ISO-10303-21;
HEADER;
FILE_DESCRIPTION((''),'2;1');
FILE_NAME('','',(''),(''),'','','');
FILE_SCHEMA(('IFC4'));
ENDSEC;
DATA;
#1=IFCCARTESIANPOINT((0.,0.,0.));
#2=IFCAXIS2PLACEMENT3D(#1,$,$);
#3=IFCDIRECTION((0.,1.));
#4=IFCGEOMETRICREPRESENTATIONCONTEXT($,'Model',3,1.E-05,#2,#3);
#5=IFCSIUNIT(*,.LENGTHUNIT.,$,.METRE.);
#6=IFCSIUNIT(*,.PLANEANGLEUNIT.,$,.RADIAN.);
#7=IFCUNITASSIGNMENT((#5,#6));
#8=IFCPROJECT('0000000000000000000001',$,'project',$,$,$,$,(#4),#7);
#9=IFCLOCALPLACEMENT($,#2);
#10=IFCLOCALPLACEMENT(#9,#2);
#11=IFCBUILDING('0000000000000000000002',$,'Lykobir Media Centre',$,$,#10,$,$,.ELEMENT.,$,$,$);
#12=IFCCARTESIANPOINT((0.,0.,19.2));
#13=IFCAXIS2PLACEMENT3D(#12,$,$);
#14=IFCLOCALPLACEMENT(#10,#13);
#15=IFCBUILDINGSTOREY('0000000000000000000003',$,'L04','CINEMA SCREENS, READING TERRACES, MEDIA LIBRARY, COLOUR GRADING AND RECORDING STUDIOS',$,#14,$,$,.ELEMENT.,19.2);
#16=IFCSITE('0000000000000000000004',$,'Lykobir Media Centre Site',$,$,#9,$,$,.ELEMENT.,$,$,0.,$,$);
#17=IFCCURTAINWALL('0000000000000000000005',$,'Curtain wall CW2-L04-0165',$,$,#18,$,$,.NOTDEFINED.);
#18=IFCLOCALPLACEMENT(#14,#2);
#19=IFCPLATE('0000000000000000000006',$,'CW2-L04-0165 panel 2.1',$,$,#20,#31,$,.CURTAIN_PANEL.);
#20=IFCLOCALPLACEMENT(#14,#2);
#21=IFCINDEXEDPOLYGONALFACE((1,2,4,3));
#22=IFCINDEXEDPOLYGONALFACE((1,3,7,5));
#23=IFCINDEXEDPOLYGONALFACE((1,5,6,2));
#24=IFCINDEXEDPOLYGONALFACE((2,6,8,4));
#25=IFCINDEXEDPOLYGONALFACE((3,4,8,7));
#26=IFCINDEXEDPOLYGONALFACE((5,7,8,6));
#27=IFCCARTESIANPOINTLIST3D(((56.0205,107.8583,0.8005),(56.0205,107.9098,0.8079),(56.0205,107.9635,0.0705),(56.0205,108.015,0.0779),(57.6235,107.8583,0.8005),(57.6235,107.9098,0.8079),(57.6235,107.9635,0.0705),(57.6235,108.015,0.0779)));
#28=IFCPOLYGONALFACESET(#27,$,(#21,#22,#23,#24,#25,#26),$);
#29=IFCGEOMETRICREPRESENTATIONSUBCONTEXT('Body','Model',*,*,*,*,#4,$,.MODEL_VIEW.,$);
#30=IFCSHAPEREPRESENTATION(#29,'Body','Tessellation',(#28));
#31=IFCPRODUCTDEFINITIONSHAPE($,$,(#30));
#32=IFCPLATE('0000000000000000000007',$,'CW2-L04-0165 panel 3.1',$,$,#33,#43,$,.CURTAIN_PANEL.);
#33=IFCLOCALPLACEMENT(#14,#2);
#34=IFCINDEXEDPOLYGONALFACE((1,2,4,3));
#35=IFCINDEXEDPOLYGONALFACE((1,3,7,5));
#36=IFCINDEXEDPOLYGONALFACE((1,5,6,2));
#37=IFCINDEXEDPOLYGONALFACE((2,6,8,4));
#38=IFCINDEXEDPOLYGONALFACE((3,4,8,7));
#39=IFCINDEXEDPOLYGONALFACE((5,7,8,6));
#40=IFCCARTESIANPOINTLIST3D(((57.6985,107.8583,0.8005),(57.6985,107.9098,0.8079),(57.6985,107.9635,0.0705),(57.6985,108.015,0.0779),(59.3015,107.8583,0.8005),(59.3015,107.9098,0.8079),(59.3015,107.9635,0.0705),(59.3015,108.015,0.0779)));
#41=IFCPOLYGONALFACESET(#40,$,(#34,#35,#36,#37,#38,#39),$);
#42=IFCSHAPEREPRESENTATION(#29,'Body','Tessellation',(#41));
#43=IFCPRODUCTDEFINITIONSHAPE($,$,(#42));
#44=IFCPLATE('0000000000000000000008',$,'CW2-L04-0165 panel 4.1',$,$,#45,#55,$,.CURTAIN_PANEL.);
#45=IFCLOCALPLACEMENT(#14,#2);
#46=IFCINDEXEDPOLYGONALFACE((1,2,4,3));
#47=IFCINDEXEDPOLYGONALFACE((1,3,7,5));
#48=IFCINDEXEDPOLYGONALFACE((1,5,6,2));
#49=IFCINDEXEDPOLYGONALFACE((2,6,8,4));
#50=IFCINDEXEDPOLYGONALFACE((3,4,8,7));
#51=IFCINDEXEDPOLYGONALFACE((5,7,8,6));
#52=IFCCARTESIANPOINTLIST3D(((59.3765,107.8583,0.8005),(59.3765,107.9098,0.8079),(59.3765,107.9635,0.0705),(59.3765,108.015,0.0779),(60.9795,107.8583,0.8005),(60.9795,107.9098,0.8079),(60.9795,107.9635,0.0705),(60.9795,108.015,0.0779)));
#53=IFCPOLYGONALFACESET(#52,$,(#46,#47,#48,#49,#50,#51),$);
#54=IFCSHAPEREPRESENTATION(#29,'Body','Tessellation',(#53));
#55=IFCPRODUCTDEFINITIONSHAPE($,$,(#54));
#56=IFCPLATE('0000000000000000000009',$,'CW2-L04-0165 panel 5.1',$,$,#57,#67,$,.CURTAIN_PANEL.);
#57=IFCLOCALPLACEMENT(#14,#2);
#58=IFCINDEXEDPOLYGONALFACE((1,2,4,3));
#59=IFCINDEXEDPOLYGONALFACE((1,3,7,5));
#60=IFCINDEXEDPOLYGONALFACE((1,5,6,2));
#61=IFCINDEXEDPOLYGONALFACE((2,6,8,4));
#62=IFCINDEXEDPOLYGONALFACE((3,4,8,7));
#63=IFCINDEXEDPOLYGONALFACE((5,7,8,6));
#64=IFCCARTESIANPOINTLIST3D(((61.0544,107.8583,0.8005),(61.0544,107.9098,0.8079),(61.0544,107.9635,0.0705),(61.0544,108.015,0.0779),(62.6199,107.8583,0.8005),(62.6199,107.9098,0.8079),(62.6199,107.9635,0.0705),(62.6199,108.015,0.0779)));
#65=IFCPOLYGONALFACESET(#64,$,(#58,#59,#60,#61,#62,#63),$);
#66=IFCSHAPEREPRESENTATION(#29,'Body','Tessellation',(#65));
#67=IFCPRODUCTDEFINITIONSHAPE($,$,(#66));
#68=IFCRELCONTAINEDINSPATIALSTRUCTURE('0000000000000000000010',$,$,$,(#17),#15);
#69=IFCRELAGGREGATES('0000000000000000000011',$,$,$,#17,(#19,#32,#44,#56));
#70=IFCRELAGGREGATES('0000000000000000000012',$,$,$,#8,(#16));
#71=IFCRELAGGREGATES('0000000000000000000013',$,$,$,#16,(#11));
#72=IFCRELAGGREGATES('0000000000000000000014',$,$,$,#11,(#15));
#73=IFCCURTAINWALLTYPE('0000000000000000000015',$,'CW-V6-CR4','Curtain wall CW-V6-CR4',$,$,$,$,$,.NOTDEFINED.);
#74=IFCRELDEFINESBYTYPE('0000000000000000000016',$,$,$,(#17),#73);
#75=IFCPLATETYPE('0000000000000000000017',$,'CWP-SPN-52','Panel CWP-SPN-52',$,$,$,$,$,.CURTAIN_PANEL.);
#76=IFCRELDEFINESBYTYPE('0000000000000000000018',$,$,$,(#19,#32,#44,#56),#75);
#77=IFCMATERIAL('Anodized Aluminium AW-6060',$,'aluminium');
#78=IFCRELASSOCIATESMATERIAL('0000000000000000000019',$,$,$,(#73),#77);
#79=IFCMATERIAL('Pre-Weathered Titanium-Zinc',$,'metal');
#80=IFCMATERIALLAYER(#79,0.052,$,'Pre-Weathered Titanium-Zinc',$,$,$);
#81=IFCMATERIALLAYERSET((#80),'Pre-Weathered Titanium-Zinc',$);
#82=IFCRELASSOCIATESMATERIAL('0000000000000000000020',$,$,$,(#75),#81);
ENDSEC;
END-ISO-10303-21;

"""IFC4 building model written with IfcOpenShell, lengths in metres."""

from ifc_helpers import new_model, si_unit, direction, frame, origin, origin_2d, place, context, subcontext, project, spatial, rectangle, extrude, material, layer, layer_set, type_object, element, aggregate, save


model = new_model("IFC4")

# Units and contexts
model_context = context("Model", 3, precision=1e-05, world=origin(), true_north=direction((0.0, 1.0)))
body_context = subcontext(model_context, "Body", "Model", "MODEL_VIEW")
ifc_project = project(units=[si_unit("LENGTHUNIT", "METRE"), si_unit("PLANEANGLEUNIT", "RADIAN")], contexts=[model_context])

# Site, building, storey
site_placement = place(None, origin())
site = spatial("IfcSite", under=ifc_project, at=site_placement, Name="Lykobir Media Centre Site", CompositionType="ELEMENT", RefElevation=0.0)
building_placement = place(site_placement, origin())
building = spatial("IfcBuilding", under=site, at=building_placement, Name="Lykobir Media Centre", CompositionType="ELEMENT")
storey_placement = place(building_placement, frame((0.0, 0.0, 19.2)))
storey = spatial("IfcBuildingStorey", under=building, at=storey_placement, Name="L04", Description="CINEMA SCREENS, READING TERRACES, MEDIA LIBRARY, COLOUR GRADING AND RECORDING STUDIOS", CompositionType="ELEMENT", Elevation=19.2)

# Curtain wall
ifc_material_1 = material(Name="Anodized Aluminium AW-6060", Category="aluminium")
curtain_wall_type_1 = type_object("IfcCurtainWallType", Name="CW-V6-CR4", Description="Curtain wall CW-V6-CR4", PredefinedType="NOTDEFINED", material=ifc_material_1)
curtain_wall_1_placement = place(storey_placement, origin())
curtain_wall_1 = element("IfcCurtainWall", 1, at=curtain_wall_1_placement, inside=storey, type_object=curtain_wall_type_1, Name="Curtain wall CW2-L04-0165", PredefinedType="NOTDEFINED")

# Plates
ifc_material_2 = material(Name="Pre-Weathered Titanium-Zinc", Category="metal")
ifc_layer_1 = layer(ifc_material_2, 0.052, Name="Pre-Weathered Titanium-Zinc")
ifc_layer_set_1 = layer_set([ifc_layer_1], Name="Pre-Weathered Titanium-Zinc")
plate_type_1 = type_object("IfcPlateType", Name="CWP-SPN-52", Description="Panel CWP-SPN-52", PredefinedType="CURTAIN_PANEL", material=ifc_layer_set_1)
plate_1_placement = place(storey_placement, frame((56.822, 107.9893, 0.0742), z_axis=(0.0, -0.142629, 0.989776), x_axis=(1.0, 0.0, 0.0)))
plate_1 = element("IfcPlate", 2, at=plate_1_placement, type_object=plate_type_1, Name="CW2-L04-0165 panel 2.1", PredefinedType="CURTAIN_PANEL", context=body_context, shape_type="SweptSolid", body=[
    extrude(rectangle(XDim=1.603, YDim=0.052, at=origin_2d()), origin(), (0.0, 0.0, 1.0), 0.7375),
])
plate_2_placement = place(storey_placement, frame((58.5, 107.9893, 0.0742), z_axis=(0.0, -0.142629, 0.989776), x_axis=(1.0, 0.0, 0.0)))
plate_2 = element("IfcPlate", 3, at=plate_2_placement, type_object=plate_type_1, Name="CW2-L04-0165 panel 3.1", PredefinedType="CURTAIN_PANEL", context=body_context, shape_type="SweptSolid", body=[
    extrude(rectangle(XDim=1.603, YDim=0.052, at=origin_2d()), origin(), (0.0, 0.0, 1.0), 0.7375),
])
plate_3_placement = place(storey_placement, frame((60.178, 107.9893, 0.0742), z_axis=(0.0, -0.142629, 0.989776), x_axis=(1.0, 0.0, 0.0)))
plate_3 = element("IfcPlate", 4, at=plate_3_placement, type_object=plate_type_1, Name="CW2-L04-0165 panel 4.1", PredefinedType="CURTAIN_PANEL", context=body_context, shape_type="SweptSolid", body=[
    extrude(rectangle(XDim=1.603, YDim=0.052, at=origin_2d()), origin(), (0.0, 0.0, 1.0), 0.7375),
])
plate_4_placement = place(storey_placement, frame((61.8372, 107.9893, 0.0742), z_axis=(0.0, -0.142629, 0.989776), x_axis=(1.0, 0.0, 0.0)))
plate_4 = element("IfcPlate", 5, at=plate_4_placement, type_object=plate_type_1, Name="CW2-L04-0165 panel 5.1", PredefinedType="CURTAIN_PANEL", context=body_context, shape_type="SweptSolid", body=[
    extrude(rectangle(XDim=1.5654, YDim=0.052, at=origin_2d()), origin(), (0.0, 0.0, 1.0), 0.7375),
])
aggregate(curtain_wall_1, [plate_1, plate_2, plate_3, plate_4])

save(model, "model.ifc")
